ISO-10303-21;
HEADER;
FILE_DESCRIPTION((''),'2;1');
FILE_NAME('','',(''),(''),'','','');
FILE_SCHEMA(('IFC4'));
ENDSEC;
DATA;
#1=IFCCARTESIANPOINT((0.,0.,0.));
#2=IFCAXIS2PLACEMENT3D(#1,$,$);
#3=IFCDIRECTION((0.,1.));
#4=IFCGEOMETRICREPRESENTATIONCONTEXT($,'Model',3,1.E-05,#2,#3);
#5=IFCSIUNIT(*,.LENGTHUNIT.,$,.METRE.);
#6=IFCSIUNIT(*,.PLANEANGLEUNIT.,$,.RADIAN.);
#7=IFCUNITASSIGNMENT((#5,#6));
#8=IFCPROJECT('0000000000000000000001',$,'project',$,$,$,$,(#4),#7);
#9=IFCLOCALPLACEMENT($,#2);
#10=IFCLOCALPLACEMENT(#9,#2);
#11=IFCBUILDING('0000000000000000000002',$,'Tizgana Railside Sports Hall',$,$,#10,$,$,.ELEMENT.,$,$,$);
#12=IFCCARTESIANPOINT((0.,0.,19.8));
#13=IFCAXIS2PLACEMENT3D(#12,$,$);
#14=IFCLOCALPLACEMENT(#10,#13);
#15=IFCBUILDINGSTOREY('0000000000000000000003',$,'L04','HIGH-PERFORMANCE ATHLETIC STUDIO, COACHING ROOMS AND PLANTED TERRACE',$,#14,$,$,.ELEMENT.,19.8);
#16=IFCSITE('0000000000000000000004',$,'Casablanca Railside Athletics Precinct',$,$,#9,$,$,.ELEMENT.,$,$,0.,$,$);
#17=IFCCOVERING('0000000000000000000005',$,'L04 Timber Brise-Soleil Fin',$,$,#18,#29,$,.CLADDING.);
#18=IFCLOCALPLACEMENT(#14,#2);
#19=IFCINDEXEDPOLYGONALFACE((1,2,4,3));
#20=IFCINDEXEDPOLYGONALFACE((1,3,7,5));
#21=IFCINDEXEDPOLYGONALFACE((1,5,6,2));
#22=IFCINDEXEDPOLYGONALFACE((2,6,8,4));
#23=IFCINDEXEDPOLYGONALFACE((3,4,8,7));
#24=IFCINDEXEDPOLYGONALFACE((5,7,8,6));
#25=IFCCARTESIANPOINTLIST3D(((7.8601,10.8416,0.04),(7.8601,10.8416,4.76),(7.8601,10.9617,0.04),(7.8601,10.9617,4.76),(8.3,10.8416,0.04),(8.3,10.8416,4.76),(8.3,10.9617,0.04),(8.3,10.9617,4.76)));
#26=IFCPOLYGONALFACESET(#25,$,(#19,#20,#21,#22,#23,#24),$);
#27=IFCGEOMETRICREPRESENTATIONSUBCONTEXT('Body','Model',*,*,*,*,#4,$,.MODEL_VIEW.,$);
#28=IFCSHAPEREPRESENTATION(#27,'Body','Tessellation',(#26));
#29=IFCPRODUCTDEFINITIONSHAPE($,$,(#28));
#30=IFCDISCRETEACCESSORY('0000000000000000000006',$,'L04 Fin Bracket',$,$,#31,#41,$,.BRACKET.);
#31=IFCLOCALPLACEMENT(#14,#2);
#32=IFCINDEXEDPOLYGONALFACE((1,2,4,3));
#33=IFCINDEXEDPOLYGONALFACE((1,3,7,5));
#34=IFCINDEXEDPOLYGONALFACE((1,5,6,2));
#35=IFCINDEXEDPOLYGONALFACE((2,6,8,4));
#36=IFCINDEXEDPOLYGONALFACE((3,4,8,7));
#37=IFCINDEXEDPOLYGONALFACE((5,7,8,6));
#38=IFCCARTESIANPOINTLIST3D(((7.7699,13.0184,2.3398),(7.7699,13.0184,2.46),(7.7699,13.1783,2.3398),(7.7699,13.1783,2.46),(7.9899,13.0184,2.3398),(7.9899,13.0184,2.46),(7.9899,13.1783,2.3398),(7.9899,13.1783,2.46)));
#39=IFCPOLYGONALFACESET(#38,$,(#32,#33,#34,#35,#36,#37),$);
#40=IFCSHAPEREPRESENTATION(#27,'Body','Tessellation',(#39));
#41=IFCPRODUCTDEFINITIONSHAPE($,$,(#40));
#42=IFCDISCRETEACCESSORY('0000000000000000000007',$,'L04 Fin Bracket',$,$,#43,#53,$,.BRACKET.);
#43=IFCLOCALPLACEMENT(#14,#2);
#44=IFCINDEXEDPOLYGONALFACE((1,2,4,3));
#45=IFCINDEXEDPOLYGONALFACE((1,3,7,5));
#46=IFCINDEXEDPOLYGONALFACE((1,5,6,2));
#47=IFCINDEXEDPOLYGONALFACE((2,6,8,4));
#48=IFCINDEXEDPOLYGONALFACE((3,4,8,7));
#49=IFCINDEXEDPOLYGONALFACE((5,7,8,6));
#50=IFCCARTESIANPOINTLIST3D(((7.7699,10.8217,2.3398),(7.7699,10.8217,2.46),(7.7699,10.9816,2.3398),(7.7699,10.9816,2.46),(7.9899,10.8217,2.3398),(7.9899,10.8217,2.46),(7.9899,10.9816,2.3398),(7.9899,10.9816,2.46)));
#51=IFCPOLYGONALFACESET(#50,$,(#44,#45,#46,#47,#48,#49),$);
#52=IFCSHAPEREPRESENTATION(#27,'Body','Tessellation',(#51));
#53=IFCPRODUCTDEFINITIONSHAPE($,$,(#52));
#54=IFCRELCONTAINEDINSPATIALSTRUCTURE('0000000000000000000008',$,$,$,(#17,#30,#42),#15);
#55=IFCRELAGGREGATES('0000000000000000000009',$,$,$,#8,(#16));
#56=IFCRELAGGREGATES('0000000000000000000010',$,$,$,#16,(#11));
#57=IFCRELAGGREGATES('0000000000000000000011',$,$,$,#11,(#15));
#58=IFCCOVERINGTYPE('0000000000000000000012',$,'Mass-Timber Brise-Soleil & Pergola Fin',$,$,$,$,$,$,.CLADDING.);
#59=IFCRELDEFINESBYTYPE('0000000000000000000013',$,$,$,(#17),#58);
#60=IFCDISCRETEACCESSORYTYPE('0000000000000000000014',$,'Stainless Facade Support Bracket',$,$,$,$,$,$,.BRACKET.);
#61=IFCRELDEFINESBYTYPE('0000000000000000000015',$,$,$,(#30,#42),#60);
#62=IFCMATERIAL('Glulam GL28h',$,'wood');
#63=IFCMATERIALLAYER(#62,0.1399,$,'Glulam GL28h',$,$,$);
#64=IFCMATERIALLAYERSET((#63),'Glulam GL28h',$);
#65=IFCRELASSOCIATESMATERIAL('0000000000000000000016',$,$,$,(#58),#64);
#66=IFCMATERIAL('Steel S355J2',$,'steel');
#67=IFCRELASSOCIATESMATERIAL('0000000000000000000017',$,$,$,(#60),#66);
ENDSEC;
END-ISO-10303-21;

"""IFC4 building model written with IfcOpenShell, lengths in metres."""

from ifc_helpers import new_model, si_unit, direction, frame, origin, origin_2d, place, context, subcontext, project, spatial, rectangle, extrude, material, layer, layer_set, type_object, element, save


model = new_model("IFC4")

# Units and contexts
model_context = context("Model", 3, precision=1e-05, world=origin(), true_north=direction((0.0, 1.0)))
body_context = subcontext(model_context, "Body", "Model", "MODEL_VIEW")
ifc_project = project(units=[si_unit("LENGTHUNIT", "METRE"), si_unit("PLANEANGLEUNIT", "RADIAN")], contexts=[model_context])

# Site, building, storey
site_placement = place(None, origin())
site = spatial("IfcSite", under=ifc_project, at=site_placement, Name="Casablanca Railside Athletics Precinct", CompositionType="ELEMENT", RefElevation=0.0)
building_placement = place(site_placement, origin())
building = spatial("IfcBuilding", under=site, at=building_placement, Name="Tizgana Railside Sports Hall", CompositionType="ELEMENT")
storey_placement = place(building_placement, frame((0.0, 0.0, 19.8)))
storey = spatial("IfcBuildingStorey", under=building, at=storey_placement, Name="L04", Description="HIGH-PERFORMANCE ATHLETIC STUDIO, COACHING ROOMS AND PLANTED TERRACE", CompositionType="ELEMENT", Elevation=19.8)

# Shared definitions
ifc_material_1 = material(Name="Steel S355J2", Category="steel")

# Covering
ifc_material_2 = material(Name="Glulam GL28h", Category="wood")
ifc_layer_1 = layer(ifc_material_2, 0.1399, Name="Glulam GL28h")
ifc_layer_set_1 = layer_set([ifc_layer_1], Name="Glulam GL28h")
covering_type = type_object("IfcCoveringType", Name="Mass-Timber Brise-Soleil & Pergola Fin", PredefinedType="CLADDING", material=ifc_layer_set_1)
for number, where, z_axis, x_axis, name in (
    (1, (8.0801, 10.9016, 0.04), (0.0, 0.0, 1.0), (0.0, -1.0, 0.0), "L04 Timber Brise-Soleil Fin"),
):
    element("IfcCovering", number, at=place(storey_placement, frame(where, z_axis=z_axis, x_axis=x_axis)), inside=storey, type_object=covering_type, Name=name, PredefinedType="CLADDING", context=body_context, shape_type="SweptSolid", body=[
        extrude(rectangle(XDim=0.1201, YDim=0.4399, at=origin_2d()), origin(), (0.0, 0.0, 1.0), 4.72),
    ])

# Discrete accessories
discrete_accessory_type = type_object("IfcDiscreteAccessoryType", Name="Stainless Facade Support Bracket", PredefinedType="BRACKET", material=ifc_material_1)
for number, where, z_axis, x_axis, name in (
    (2, (7.8799, 13.0984, 2.3398), (0.0, 0.0, 1.0), (0.0, -1.0, 0.0), "L04 Fin Bracket"),
    (3, (7.8799, 10.9016, 2.3398), (0.0, 0.0, 1.0), (0.0, -1.0, 0.0), "L04 Fin Bracket"),
):
    element("IfcDiscreteAccessory", number, at=place(storey_placement, frame(where, z_axis=z_axis, x_axis=x_axis)), inside=storey, type_object=discrete_accessory_type, Name=name, PredefinedType="BRACKET", context=body_context, shape_type="SweptSolid", body=[
        extrude(rectangle(XDim=0.1599, YDim=0.22, at=origin_2d()), origin(), (0.0, 0.0, 1.0), 0.1201),
    ])

save(model, "model.ifc")
